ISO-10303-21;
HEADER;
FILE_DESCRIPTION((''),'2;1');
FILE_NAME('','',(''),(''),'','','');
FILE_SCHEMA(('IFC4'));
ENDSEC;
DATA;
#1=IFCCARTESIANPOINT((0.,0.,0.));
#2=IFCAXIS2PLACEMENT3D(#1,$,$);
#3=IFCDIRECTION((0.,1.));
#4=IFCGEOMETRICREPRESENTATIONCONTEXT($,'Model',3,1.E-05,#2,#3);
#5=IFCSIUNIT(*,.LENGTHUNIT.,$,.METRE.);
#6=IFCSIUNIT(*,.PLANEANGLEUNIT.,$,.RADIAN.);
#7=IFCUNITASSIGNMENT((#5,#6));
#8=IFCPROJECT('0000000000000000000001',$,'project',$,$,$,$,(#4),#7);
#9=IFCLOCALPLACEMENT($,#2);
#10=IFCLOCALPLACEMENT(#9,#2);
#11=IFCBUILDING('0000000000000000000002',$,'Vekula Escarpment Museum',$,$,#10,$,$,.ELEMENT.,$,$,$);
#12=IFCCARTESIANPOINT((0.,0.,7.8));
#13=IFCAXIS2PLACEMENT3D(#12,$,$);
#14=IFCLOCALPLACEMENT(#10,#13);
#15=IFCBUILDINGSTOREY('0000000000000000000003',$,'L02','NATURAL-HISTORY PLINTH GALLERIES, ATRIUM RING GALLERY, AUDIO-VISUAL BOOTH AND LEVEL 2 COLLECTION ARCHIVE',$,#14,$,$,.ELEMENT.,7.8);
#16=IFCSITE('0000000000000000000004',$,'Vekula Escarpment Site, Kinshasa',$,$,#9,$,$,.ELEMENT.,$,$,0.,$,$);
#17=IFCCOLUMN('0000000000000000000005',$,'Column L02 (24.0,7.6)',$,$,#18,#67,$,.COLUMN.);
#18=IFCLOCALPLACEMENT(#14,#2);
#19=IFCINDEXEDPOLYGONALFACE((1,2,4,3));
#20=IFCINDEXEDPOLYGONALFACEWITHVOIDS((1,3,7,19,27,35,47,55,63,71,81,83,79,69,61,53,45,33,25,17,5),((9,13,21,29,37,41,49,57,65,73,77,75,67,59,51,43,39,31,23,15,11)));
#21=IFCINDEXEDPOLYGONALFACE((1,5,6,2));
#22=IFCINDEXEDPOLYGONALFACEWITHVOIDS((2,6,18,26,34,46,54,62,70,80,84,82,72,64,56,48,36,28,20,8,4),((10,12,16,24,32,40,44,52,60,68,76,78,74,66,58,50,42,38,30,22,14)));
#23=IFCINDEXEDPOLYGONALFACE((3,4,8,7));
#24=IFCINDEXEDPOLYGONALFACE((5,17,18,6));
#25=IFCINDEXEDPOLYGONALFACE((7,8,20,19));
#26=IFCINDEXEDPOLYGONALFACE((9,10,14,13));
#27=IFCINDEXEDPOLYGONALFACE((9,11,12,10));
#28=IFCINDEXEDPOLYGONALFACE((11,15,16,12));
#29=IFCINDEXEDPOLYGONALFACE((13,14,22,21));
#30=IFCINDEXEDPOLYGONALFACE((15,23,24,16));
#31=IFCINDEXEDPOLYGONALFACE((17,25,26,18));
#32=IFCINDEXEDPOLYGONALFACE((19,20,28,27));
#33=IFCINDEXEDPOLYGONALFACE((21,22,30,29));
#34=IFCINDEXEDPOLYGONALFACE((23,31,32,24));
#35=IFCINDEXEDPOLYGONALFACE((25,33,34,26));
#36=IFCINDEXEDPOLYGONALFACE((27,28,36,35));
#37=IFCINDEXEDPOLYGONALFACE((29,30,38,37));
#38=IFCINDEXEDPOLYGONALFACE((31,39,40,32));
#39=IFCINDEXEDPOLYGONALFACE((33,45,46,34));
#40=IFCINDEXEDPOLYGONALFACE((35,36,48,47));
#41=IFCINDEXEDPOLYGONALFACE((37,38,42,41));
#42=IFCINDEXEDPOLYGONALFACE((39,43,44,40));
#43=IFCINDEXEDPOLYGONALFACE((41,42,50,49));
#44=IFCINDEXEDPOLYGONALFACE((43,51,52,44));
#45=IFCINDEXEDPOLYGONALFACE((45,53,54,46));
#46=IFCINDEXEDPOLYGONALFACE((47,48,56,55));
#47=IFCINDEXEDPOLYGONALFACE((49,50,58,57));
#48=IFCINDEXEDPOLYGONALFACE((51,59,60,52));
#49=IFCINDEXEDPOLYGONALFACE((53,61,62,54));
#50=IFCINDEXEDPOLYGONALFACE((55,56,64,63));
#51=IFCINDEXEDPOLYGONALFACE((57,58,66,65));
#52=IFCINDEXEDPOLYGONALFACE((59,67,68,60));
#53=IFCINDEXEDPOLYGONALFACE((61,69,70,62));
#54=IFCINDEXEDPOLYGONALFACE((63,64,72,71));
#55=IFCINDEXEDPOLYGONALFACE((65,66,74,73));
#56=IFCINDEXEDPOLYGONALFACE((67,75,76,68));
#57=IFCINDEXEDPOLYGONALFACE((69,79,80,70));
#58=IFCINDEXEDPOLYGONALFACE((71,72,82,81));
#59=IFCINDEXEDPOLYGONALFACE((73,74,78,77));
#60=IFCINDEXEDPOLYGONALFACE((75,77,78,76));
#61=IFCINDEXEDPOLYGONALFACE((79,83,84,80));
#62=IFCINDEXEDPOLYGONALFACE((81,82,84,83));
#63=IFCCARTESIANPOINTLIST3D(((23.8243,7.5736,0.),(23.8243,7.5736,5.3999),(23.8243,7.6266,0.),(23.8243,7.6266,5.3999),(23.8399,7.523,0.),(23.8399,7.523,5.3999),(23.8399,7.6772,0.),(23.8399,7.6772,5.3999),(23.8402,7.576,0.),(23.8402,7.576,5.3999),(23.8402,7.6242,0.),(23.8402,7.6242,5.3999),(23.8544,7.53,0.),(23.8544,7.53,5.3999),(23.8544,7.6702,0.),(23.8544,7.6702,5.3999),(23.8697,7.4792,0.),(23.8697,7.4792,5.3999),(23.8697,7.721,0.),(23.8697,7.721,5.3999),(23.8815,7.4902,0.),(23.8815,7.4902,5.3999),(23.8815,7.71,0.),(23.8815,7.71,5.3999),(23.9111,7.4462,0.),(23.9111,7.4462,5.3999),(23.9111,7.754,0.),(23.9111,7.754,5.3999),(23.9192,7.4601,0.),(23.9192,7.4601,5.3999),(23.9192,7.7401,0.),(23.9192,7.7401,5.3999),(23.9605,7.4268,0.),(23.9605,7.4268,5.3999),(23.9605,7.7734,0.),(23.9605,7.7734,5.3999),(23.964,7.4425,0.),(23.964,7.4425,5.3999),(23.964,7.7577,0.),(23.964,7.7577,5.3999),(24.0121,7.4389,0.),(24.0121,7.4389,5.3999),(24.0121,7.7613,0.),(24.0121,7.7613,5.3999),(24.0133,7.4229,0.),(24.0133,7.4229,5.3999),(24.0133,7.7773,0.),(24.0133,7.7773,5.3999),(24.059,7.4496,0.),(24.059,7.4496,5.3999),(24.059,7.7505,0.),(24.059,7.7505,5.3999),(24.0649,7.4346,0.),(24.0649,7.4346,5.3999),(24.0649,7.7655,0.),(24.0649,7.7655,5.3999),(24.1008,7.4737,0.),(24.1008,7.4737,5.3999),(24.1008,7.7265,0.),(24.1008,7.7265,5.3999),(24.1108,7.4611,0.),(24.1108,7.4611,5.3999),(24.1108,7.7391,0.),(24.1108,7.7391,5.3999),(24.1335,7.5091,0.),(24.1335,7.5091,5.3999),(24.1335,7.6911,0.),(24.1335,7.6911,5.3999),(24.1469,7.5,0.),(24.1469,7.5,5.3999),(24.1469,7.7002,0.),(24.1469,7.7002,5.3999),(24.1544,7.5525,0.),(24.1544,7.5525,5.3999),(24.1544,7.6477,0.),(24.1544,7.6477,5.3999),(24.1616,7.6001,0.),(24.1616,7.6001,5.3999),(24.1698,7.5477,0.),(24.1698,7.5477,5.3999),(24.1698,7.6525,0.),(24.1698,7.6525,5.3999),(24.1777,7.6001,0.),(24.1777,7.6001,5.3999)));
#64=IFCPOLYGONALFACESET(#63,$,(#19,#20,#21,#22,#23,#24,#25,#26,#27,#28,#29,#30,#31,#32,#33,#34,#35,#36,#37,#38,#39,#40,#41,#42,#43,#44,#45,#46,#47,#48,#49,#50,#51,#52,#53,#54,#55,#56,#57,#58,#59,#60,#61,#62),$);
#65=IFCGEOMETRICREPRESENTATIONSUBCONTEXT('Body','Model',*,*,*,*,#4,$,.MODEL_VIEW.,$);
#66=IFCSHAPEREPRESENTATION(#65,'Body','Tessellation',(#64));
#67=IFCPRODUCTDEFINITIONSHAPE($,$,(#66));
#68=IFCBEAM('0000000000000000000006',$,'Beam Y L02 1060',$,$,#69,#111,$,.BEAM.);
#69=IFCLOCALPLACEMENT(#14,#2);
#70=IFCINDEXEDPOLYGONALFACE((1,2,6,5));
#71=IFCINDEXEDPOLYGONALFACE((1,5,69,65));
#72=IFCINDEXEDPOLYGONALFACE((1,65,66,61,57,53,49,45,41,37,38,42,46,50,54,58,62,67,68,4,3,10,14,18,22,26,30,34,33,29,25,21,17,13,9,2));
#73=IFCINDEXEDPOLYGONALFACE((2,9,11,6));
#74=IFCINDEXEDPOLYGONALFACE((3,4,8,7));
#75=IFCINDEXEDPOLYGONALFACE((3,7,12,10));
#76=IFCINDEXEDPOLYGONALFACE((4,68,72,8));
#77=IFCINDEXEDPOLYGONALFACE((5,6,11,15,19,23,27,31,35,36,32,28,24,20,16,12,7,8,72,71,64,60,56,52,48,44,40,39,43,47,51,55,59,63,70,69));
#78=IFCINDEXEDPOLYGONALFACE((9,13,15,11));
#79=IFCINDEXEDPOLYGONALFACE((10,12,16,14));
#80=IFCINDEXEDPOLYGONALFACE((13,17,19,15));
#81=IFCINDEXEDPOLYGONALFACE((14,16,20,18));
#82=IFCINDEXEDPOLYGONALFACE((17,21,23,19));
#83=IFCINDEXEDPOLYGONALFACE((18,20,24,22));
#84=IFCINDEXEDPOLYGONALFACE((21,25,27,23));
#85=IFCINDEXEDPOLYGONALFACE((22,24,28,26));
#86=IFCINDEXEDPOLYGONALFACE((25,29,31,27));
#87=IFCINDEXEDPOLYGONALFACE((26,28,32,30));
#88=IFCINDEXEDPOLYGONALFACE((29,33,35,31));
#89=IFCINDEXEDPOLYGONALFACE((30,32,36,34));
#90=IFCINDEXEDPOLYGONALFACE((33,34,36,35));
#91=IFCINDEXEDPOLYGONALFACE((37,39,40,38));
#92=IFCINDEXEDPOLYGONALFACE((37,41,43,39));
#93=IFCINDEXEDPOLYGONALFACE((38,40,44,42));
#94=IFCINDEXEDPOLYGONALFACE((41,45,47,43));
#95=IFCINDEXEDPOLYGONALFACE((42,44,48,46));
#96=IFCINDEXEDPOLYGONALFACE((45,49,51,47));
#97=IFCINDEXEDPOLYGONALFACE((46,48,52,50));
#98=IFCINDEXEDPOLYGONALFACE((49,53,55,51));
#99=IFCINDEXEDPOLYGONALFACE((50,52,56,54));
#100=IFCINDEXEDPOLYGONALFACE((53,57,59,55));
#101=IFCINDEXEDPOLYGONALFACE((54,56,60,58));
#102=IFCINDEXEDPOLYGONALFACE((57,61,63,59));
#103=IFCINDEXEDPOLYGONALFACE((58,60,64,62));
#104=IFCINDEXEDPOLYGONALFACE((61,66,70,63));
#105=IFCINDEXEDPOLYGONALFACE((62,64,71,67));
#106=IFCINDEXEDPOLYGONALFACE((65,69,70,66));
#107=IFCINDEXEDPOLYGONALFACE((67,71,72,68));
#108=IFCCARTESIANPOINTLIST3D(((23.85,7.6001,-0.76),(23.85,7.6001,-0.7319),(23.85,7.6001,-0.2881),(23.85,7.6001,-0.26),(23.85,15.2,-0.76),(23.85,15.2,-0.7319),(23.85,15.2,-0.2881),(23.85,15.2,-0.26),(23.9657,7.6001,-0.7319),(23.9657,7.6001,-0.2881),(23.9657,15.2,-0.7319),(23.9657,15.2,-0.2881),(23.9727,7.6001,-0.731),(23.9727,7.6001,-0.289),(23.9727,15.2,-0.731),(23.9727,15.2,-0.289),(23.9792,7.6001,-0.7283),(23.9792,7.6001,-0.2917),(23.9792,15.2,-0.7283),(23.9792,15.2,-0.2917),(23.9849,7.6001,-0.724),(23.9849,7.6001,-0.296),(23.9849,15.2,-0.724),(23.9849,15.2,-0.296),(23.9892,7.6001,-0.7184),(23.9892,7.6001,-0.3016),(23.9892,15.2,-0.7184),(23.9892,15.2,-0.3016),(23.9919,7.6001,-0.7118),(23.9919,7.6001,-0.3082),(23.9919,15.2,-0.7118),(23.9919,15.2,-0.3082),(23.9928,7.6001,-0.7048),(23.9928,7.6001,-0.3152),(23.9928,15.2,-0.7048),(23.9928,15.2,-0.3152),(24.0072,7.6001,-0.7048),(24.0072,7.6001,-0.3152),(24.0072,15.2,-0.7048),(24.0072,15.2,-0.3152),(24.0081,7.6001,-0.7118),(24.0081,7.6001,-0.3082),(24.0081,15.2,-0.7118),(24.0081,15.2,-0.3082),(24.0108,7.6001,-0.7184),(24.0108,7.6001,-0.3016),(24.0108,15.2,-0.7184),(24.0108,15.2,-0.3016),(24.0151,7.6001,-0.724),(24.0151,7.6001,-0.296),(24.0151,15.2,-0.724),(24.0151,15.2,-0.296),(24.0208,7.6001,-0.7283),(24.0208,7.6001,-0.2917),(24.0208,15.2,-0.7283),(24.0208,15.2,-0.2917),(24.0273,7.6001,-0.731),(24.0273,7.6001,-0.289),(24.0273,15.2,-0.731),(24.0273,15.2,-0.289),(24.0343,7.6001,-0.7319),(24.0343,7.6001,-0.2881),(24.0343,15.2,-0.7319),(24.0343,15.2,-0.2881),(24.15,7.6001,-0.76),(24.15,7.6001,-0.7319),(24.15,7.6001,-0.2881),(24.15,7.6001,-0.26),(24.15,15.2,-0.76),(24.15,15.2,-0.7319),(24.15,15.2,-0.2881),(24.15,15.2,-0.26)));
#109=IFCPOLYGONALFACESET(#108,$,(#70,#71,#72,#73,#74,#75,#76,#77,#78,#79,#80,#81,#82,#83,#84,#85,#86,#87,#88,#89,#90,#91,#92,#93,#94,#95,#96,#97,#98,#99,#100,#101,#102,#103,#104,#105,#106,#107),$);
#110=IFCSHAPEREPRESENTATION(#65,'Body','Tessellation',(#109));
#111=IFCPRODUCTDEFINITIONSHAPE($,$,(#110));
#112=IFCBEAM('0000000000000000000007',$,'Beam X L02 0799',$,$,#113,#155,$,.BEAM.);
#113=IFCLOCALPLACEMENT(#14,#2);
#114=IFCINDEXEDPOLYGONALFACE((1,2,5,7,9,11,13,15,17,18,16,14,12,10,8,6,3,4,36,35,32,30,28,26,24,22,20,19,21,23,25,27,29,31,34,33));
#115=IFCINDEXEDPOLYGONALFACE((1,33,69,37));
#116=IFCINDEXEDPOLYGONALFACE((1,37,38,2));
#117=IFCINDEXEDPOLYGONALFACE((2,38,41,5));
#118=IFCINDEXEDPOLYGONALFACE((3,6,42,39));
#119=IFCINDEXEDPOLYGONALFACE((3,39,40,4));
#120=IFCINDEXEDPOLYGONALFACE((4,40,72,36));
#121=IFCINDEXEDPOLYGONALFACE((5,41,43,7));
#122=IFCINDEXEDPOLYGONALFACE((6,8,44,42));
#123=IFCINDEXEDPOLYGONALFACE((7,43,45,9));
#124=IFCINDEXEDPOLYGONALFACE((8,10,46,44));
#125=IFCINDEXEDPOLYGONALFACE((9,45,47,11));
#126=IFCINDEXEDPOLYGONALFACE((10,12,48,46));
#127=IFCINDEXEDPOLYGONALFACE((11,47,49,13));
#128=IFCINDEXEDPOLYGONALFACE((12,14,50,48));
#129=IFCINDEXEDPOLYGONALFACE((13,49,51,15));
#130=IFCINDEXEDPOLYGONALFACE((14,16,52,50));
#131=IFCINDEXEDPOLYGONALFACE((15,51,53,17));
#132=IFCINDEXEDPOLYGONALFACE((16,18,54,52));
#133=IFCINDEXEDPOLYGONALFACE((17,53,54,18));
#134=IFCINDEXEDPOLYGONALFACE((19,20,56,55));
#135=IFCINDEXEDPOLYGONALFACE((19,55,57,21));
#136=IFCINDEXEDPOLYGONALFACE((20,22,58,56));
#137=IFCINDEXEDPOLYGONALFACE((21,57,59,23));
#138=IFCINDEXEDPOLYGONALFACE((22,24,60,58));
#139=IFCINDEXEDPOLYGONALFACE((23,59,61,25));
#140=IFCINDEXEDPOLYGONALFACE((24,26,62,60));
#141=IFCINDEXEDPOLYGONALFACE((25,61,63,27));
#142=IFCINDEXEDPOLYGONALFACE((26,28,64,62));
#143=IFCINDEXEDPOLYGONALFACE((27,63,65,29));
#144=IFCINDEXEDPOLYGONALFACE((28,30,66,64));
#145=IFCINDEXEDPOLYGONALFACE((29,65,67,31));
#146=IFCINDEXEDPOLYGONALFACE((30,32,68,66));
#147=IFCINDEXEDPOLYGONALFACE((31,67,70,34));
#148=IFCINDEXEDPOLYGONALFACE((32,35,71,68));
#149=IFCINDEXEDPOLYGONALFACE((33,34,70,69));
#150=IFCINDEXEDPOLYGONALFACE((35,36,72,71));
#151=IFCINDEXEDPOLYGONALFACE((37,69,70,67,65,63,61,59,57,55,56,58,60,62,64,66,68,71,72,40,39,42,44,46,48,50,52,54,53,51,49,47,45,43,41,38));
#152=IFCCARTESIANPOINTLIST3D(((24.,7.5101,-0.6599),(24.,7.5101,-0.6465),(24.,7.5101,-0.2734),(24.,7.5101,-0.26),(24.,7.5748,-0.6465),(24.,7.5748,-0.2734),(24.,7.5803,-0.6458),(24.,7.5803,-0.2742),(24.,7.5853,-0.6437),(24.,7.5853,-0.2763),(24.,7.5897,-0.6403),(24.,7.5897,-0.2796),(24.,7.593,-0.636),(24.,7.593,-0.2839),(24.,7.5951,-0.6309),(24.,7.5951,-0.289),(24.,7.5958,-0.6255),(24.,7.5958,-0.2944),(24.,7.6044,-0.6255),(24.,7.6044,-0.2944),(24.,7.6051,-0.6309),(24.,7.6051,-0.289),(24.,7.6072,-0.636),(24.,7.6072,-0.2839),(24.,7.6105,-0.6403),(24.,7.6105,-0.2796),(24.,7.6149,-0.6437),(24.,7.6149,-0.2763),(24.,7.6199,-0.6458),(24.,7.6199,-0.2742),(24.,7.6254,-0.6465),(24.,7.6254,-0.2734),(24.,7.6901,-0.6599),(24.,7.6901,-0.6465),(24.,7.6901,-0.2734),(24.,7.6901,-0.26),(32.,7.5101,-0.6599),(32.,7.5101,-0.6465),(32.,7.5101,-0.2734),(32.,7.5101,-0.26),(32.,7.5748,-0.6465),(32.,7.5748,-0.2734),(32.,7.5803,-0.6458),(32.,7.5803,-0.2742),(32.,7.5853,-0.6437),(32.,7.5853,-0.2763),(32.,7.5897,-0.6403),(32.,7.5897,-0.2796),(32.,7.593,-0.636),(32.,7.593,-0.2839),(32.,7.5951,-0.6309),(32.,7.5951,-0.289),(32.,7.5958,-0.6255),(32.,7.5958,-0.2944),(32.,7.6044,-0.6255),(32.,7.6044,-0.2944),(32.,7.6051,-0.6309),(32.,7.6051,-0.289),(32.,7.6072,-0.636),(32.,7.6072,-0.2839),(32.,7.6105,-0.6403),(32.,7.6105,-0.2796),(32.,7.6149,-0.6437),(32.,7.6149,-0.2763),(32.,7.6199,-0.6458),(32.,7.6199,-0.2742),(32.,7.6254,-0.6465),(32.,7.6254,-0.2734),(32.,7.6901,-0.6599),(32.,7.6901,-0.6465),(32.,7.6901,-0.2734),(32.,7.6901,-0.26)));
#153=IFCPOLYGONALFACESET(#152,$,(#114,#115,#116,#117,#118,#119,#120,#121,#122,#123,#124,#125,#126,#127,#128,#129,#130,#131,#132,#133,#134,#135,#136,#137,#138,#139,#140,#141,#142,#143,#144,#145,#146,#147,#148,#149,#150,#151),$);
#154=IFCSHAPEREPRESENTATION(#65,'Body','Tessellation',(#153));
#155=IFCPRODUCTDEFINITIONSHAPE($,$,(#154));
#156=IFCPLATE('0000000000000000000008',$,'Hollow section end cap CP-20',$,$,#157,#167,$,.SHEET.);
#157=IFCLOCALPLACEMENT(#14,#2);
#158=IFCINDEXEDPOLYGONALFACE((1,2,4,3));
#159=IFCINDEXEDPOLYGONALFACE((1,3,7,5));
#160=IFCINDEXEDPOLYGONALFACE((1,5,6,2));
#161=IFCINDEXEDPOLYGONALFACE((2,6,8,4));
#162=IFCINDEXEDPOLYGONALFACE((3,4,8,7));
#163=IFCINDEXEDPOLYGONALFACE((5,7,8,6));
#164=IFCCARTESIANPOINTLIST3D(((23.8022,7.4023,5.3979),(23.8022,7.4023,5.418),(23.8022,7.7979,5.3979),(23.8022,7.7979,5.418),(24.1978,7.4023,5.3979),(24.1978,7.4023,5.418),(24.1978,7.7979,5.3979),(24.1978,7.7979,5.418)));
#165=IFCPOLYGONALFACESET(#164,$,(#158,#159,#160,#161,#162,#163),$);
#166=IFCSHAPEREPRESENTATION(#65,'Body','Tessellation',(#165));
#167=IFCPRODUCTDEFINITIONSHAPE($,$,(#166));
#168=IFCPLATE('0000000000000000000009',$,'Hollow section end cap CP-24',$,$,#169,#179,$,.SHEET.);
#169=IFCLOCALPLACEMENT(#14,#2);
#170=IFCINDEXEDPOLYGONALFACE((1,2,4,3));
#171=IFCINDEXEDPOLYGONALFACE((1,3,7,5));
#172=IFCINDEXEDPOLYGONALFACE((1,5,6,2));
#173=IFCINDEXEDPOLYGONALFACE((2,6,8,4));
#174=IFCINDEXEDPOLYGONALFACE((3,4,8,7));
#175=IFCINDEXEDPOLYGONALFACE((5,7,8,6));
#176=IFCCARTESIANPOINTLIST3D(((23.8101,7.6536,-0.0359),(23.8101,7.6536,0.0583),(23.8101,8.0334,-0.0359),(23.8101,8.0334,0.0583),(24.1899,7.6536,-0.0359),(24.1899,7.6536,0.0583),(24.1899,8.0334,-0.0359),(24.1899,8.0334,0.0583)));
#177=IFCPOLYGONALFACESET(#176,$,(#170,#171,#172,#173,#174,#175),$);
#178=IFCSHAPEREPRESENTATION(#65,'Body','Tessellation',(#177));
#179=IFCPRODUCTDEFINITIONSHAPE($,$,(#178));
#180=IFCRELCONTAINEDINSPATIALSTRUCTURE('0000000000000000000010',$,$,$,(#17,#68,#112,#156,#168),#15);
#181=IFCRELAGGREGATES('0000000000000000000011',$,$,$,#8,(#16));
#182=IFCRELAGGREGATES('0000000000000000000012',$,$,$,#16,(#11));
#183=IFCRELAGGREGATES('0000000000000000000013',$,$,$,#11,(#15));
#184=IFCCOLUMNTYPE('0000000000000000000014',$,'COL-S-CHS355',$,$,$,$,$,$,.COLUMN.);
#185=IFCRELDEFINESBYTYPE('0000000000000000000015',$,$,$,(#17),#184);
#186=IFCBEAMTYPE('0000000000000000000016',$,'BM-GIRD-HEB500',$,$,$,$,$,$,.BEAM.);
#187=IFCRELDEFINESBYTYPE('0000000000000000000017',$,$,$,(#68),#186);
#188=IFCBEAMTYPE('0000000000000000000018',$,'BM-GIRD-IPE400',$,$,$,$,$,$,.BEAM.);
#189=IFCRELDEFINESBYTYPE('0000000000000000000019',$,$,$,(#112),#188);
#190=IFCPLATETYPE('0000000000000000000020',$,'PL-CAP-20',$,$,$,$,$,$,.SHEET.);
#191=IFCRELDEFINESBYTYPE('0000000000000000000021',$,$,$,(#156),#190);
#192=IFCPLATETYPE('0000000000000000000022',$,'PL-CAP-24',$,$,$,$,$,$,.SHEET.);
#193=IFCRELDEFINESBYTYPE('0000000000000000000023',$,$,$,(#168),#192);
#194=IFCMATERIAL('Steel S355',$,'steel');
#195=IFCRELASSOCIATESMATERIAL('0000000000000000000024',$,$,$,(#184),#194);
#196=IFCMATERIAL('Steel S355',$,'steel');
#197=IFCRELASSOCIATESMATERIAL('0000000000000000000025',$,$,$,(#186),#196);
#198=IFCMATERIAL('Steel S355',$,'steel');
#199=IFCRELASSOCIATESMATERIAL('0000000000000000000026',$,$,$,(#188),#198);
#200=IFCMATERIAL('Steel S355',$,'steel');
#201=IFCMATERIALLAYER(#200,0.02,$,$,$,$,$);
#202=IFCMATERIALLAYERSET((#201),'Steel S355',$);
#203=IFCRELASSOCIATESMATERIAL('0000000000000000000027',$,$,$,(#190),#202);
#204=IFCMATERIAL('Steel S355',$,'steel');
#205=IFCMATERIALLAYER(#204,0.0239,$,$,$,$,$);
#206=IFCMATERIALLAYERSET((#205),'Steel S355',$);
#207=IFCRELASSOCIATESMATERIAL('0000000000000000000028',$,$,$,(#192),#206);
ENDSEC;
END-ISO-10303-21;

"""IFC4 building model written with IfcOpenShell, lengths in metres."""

from ifc_helpers import new_model, si_unit, direction, frame, origin, origin_2d, place, context, subcontext, project, spatial, rectangle, hollow_circle, i_section, extrude, material, layer, layer_set, material_profile, profile_set, type_object, element, save


model = new_model("IFC4")

# Units and contexts
model_context = context("Model", 3, precision=1e-05, world=origin(), true_north=direction((0.0, 1.0)))
body_context = subcontext(model_context, "Body", "Model", "MODEL_VIEW")
ifc_project = project(units=[si_unit("LENGTHUNIT", "METRE"), si_unit("PLANEANGLEUNIT", "RADIAN")], contexts=[model_context])

# Site, building, storey
site_placement = place(None, origin())
site = spatial("IfcSite", under=ifc_project, at=site_placement, Name="Vekula Escarpment Site, Kinshasa", CompositionType="ELEMENT", RefElevation=0.0)
building_placement = place(site_placement, origin())
building = spatial("IfcBuilding", under=site, at=building_placement, Name="Vekula Escarpment Museum", CompositionType="ELEMENT")
storey_placement = place(building_placement, frame((0.0, 0.0, 7.8)))
storey = spatial("IfcBuildingStorey", under=building, at=storey_placement, Name="L02", Description="NATURAL-HISTORY PLINTH GALLERIES, ATRIUM RING GALLERY, AUDIO-VISUAL BOOTH AND LEVEL 2 COLLECTION ARCHIVE", CompositionType="ELEMENT", Elevation=7.8)

# Column
ifc_material_1 = material(Name="Steel S355", Category="steel")
ifc_material_profile_1 = material_profile(ifc_material_1, hollow_circle(Radius=0.1777, WallThickness=0.0161, at=origin_2d()), Name="CHS 355.6x16")
ifc_profile_set_1 = profile_set([ifc_material_profile_1], Name="Steel S355")
column_type = type_object("IfcColumnType", Name="COL-S-CHS355", PredefinedType="COLUMN", material=ifc_profile_set_1)
column_placement = place(storey_placement, frame((24.0, 7.6001, 0.0), z_axis=(0.0, 0.0, 1.0), x_axis=(1.0, 0.0, 0.0)))
element("IfcColumn", 1, at=column_placement, inside=storey, type_object=column_type, Name="Column L02 (24.0,7.6)", PredefinedType="COLUMN", context=body_context, shape_type="SweptSolid", body=[
    extrude(hollow_circle(Radius=0.1777, WallThickness=0.0161, at=origin_2d()), origin(), (0.0, 0.0, 1.0), 5.3999),
])

# Beams
ifc_material_2 = material(Name="Steel S355", Category="steel")
ifc_material_profile_2 = material_profile(ifc_material_2, i_section(OverallWidth=0.3, OverallDepth=0.5, WebThickness=0.0144, FlangeThickness=0.0281, FilletRadius=0.0271, at=origin_2d()), Name="HEB 500")
ifc_profile_set_2 = profile_set([ifc_material_profile_2], Name="Steel S355")
beam_type_1 = type_object("IfcBeamType", Name="BM-GIRD-HEB500", PredefinedType="BEAM", material=ifc_profile_set_2)
beam_1_placement = place(storey_placement, frame((24.0, 7.6001, -0.51), z_axis=(0.0, 1.0, 0.0), x_axis=(-1.0, 0.0, 0.0)))
element("IfcBeam", 2, at=beam_1_placement, inside=storey, type_object=beam_type_1, Name="Beam Y L02 1060", PredefinedType="BEAM", context=body_context, shape_type="SweptSolid", body=[
    extrude(i_section(OverallWidth=0.3, OverallDepth=0.5, WebThickness=0.0144, FlangeThickness=0.0281, FilletRadius=0.0271, at=origin_2d()), origin(), (0.0, 0.0, 1.0), 7.5999),
])
ifc_material_3 = material(Name="Steel S355", Category="steel")
ifc_material_profile_3 = material_profile(ifc_material_3, i_section(OverallWidth=0.1799, OverallDepth=0.3999, WebThickness=0.0085, FlangeThickness=0.0134, FilletRadius=0.021, at=origin_2d()), Name="IPE 400")
ifc_profile_set_3 = profile_set([ifc_material_profile_3], Name="Steel S355")
beam_type_2 = type_object("IfcBeamType", Name="BM-GIRD-IPE400", PredefinedType="BEAM", material=ifc_profile_set_3)
beam_2_placement = place(storey_placement, frame((24.0, 7.6001, -0.46), z_axis=(1.0, 0.0, 0.0), x_axis=(0.0, 1.0, 0.0)))
element("IfcBeam", 3, at=beam_2_placement, inside=storey, type_object=beam_type_2, Name="Beam X L02 0799", PredefinedType="BEAM", context=body_context, shape_type="SweptSolid", body=[
    extrude(i_section(OverallWidth=0.1799, OverallDepth=0.3999, WebThickness=0.0085, FlangeThickness=0.0134, FilletRadius=0.021, at=origin_2d()), origin(), (0.0, 0.0, 1.0), 8.0),
])

# Plates
ifc_material_4 = material(Name="Steel S355", Category="steel")
ifc_layer_1 = layer(ifc_material_4, 0.02)
ifc_layer_set_1 = layer_set([ifc_layer_1], Name="Steel S355")
plate_type_1 = type_object("IfcPlateType", Name="PL-CAP-20", PredefinedType="SHEET", material=ifc_layer_set_1)
plate_1_placement = place(storey_placement, frame((24.0, 7.6001, 5.3979), z_axis=(0.0, 0.0, 1.0), x_axis=(1.0, 0.0, 0.0)))
element("IfcPlate", 4, at=plate_1_placement, inside=storey, type_object=plate_type_1, Name="Hollow section end cap CP-20", PredefinedType="SHEET", context=body_context, shape_type="SweptSolid", body=[
    extrude(rectangle(XDim=0.3955, YDim=0.3955, at=origin_2d()), origin(), (0.0, 0.0, 1.0), 0.02),
])
ifc_material_5 = material(Name="Steel S355", Category="steel")
ifc_layer_2 = layer(ifc_material_5, 0.0239)
ifc_layer_set_2 = layer_set([ifc_layer_2], Name="Steel S355")
plate_type_2 = type_object("IfcPlateType", Name="PL-CAP-24", PredefinedType="SHEET", material=ifc_layer_set_2)
plate_2_placement = place(storey_placement, frame((24.0, 7.8435, -0.0359), z_axis=(0.0, 0.0, 1.0), x_axis=(1.0, 0.0, 0.0)))
element("IfcPlate", 5, at=plate_2_placement, inside=storey, type_object=plate_type_2, Name="Hollow section end cap CP-24", PredefinedType="SHEET", context=body_context, shape_type="SweptSolid", body=[
    extrude(rectangle(XDim=0.3799, YDim=0.3799, at=origin_2d()), origin(), (0.0, 0.0, 1.0), 0.0942),
])

save(model, "model.ifc")
